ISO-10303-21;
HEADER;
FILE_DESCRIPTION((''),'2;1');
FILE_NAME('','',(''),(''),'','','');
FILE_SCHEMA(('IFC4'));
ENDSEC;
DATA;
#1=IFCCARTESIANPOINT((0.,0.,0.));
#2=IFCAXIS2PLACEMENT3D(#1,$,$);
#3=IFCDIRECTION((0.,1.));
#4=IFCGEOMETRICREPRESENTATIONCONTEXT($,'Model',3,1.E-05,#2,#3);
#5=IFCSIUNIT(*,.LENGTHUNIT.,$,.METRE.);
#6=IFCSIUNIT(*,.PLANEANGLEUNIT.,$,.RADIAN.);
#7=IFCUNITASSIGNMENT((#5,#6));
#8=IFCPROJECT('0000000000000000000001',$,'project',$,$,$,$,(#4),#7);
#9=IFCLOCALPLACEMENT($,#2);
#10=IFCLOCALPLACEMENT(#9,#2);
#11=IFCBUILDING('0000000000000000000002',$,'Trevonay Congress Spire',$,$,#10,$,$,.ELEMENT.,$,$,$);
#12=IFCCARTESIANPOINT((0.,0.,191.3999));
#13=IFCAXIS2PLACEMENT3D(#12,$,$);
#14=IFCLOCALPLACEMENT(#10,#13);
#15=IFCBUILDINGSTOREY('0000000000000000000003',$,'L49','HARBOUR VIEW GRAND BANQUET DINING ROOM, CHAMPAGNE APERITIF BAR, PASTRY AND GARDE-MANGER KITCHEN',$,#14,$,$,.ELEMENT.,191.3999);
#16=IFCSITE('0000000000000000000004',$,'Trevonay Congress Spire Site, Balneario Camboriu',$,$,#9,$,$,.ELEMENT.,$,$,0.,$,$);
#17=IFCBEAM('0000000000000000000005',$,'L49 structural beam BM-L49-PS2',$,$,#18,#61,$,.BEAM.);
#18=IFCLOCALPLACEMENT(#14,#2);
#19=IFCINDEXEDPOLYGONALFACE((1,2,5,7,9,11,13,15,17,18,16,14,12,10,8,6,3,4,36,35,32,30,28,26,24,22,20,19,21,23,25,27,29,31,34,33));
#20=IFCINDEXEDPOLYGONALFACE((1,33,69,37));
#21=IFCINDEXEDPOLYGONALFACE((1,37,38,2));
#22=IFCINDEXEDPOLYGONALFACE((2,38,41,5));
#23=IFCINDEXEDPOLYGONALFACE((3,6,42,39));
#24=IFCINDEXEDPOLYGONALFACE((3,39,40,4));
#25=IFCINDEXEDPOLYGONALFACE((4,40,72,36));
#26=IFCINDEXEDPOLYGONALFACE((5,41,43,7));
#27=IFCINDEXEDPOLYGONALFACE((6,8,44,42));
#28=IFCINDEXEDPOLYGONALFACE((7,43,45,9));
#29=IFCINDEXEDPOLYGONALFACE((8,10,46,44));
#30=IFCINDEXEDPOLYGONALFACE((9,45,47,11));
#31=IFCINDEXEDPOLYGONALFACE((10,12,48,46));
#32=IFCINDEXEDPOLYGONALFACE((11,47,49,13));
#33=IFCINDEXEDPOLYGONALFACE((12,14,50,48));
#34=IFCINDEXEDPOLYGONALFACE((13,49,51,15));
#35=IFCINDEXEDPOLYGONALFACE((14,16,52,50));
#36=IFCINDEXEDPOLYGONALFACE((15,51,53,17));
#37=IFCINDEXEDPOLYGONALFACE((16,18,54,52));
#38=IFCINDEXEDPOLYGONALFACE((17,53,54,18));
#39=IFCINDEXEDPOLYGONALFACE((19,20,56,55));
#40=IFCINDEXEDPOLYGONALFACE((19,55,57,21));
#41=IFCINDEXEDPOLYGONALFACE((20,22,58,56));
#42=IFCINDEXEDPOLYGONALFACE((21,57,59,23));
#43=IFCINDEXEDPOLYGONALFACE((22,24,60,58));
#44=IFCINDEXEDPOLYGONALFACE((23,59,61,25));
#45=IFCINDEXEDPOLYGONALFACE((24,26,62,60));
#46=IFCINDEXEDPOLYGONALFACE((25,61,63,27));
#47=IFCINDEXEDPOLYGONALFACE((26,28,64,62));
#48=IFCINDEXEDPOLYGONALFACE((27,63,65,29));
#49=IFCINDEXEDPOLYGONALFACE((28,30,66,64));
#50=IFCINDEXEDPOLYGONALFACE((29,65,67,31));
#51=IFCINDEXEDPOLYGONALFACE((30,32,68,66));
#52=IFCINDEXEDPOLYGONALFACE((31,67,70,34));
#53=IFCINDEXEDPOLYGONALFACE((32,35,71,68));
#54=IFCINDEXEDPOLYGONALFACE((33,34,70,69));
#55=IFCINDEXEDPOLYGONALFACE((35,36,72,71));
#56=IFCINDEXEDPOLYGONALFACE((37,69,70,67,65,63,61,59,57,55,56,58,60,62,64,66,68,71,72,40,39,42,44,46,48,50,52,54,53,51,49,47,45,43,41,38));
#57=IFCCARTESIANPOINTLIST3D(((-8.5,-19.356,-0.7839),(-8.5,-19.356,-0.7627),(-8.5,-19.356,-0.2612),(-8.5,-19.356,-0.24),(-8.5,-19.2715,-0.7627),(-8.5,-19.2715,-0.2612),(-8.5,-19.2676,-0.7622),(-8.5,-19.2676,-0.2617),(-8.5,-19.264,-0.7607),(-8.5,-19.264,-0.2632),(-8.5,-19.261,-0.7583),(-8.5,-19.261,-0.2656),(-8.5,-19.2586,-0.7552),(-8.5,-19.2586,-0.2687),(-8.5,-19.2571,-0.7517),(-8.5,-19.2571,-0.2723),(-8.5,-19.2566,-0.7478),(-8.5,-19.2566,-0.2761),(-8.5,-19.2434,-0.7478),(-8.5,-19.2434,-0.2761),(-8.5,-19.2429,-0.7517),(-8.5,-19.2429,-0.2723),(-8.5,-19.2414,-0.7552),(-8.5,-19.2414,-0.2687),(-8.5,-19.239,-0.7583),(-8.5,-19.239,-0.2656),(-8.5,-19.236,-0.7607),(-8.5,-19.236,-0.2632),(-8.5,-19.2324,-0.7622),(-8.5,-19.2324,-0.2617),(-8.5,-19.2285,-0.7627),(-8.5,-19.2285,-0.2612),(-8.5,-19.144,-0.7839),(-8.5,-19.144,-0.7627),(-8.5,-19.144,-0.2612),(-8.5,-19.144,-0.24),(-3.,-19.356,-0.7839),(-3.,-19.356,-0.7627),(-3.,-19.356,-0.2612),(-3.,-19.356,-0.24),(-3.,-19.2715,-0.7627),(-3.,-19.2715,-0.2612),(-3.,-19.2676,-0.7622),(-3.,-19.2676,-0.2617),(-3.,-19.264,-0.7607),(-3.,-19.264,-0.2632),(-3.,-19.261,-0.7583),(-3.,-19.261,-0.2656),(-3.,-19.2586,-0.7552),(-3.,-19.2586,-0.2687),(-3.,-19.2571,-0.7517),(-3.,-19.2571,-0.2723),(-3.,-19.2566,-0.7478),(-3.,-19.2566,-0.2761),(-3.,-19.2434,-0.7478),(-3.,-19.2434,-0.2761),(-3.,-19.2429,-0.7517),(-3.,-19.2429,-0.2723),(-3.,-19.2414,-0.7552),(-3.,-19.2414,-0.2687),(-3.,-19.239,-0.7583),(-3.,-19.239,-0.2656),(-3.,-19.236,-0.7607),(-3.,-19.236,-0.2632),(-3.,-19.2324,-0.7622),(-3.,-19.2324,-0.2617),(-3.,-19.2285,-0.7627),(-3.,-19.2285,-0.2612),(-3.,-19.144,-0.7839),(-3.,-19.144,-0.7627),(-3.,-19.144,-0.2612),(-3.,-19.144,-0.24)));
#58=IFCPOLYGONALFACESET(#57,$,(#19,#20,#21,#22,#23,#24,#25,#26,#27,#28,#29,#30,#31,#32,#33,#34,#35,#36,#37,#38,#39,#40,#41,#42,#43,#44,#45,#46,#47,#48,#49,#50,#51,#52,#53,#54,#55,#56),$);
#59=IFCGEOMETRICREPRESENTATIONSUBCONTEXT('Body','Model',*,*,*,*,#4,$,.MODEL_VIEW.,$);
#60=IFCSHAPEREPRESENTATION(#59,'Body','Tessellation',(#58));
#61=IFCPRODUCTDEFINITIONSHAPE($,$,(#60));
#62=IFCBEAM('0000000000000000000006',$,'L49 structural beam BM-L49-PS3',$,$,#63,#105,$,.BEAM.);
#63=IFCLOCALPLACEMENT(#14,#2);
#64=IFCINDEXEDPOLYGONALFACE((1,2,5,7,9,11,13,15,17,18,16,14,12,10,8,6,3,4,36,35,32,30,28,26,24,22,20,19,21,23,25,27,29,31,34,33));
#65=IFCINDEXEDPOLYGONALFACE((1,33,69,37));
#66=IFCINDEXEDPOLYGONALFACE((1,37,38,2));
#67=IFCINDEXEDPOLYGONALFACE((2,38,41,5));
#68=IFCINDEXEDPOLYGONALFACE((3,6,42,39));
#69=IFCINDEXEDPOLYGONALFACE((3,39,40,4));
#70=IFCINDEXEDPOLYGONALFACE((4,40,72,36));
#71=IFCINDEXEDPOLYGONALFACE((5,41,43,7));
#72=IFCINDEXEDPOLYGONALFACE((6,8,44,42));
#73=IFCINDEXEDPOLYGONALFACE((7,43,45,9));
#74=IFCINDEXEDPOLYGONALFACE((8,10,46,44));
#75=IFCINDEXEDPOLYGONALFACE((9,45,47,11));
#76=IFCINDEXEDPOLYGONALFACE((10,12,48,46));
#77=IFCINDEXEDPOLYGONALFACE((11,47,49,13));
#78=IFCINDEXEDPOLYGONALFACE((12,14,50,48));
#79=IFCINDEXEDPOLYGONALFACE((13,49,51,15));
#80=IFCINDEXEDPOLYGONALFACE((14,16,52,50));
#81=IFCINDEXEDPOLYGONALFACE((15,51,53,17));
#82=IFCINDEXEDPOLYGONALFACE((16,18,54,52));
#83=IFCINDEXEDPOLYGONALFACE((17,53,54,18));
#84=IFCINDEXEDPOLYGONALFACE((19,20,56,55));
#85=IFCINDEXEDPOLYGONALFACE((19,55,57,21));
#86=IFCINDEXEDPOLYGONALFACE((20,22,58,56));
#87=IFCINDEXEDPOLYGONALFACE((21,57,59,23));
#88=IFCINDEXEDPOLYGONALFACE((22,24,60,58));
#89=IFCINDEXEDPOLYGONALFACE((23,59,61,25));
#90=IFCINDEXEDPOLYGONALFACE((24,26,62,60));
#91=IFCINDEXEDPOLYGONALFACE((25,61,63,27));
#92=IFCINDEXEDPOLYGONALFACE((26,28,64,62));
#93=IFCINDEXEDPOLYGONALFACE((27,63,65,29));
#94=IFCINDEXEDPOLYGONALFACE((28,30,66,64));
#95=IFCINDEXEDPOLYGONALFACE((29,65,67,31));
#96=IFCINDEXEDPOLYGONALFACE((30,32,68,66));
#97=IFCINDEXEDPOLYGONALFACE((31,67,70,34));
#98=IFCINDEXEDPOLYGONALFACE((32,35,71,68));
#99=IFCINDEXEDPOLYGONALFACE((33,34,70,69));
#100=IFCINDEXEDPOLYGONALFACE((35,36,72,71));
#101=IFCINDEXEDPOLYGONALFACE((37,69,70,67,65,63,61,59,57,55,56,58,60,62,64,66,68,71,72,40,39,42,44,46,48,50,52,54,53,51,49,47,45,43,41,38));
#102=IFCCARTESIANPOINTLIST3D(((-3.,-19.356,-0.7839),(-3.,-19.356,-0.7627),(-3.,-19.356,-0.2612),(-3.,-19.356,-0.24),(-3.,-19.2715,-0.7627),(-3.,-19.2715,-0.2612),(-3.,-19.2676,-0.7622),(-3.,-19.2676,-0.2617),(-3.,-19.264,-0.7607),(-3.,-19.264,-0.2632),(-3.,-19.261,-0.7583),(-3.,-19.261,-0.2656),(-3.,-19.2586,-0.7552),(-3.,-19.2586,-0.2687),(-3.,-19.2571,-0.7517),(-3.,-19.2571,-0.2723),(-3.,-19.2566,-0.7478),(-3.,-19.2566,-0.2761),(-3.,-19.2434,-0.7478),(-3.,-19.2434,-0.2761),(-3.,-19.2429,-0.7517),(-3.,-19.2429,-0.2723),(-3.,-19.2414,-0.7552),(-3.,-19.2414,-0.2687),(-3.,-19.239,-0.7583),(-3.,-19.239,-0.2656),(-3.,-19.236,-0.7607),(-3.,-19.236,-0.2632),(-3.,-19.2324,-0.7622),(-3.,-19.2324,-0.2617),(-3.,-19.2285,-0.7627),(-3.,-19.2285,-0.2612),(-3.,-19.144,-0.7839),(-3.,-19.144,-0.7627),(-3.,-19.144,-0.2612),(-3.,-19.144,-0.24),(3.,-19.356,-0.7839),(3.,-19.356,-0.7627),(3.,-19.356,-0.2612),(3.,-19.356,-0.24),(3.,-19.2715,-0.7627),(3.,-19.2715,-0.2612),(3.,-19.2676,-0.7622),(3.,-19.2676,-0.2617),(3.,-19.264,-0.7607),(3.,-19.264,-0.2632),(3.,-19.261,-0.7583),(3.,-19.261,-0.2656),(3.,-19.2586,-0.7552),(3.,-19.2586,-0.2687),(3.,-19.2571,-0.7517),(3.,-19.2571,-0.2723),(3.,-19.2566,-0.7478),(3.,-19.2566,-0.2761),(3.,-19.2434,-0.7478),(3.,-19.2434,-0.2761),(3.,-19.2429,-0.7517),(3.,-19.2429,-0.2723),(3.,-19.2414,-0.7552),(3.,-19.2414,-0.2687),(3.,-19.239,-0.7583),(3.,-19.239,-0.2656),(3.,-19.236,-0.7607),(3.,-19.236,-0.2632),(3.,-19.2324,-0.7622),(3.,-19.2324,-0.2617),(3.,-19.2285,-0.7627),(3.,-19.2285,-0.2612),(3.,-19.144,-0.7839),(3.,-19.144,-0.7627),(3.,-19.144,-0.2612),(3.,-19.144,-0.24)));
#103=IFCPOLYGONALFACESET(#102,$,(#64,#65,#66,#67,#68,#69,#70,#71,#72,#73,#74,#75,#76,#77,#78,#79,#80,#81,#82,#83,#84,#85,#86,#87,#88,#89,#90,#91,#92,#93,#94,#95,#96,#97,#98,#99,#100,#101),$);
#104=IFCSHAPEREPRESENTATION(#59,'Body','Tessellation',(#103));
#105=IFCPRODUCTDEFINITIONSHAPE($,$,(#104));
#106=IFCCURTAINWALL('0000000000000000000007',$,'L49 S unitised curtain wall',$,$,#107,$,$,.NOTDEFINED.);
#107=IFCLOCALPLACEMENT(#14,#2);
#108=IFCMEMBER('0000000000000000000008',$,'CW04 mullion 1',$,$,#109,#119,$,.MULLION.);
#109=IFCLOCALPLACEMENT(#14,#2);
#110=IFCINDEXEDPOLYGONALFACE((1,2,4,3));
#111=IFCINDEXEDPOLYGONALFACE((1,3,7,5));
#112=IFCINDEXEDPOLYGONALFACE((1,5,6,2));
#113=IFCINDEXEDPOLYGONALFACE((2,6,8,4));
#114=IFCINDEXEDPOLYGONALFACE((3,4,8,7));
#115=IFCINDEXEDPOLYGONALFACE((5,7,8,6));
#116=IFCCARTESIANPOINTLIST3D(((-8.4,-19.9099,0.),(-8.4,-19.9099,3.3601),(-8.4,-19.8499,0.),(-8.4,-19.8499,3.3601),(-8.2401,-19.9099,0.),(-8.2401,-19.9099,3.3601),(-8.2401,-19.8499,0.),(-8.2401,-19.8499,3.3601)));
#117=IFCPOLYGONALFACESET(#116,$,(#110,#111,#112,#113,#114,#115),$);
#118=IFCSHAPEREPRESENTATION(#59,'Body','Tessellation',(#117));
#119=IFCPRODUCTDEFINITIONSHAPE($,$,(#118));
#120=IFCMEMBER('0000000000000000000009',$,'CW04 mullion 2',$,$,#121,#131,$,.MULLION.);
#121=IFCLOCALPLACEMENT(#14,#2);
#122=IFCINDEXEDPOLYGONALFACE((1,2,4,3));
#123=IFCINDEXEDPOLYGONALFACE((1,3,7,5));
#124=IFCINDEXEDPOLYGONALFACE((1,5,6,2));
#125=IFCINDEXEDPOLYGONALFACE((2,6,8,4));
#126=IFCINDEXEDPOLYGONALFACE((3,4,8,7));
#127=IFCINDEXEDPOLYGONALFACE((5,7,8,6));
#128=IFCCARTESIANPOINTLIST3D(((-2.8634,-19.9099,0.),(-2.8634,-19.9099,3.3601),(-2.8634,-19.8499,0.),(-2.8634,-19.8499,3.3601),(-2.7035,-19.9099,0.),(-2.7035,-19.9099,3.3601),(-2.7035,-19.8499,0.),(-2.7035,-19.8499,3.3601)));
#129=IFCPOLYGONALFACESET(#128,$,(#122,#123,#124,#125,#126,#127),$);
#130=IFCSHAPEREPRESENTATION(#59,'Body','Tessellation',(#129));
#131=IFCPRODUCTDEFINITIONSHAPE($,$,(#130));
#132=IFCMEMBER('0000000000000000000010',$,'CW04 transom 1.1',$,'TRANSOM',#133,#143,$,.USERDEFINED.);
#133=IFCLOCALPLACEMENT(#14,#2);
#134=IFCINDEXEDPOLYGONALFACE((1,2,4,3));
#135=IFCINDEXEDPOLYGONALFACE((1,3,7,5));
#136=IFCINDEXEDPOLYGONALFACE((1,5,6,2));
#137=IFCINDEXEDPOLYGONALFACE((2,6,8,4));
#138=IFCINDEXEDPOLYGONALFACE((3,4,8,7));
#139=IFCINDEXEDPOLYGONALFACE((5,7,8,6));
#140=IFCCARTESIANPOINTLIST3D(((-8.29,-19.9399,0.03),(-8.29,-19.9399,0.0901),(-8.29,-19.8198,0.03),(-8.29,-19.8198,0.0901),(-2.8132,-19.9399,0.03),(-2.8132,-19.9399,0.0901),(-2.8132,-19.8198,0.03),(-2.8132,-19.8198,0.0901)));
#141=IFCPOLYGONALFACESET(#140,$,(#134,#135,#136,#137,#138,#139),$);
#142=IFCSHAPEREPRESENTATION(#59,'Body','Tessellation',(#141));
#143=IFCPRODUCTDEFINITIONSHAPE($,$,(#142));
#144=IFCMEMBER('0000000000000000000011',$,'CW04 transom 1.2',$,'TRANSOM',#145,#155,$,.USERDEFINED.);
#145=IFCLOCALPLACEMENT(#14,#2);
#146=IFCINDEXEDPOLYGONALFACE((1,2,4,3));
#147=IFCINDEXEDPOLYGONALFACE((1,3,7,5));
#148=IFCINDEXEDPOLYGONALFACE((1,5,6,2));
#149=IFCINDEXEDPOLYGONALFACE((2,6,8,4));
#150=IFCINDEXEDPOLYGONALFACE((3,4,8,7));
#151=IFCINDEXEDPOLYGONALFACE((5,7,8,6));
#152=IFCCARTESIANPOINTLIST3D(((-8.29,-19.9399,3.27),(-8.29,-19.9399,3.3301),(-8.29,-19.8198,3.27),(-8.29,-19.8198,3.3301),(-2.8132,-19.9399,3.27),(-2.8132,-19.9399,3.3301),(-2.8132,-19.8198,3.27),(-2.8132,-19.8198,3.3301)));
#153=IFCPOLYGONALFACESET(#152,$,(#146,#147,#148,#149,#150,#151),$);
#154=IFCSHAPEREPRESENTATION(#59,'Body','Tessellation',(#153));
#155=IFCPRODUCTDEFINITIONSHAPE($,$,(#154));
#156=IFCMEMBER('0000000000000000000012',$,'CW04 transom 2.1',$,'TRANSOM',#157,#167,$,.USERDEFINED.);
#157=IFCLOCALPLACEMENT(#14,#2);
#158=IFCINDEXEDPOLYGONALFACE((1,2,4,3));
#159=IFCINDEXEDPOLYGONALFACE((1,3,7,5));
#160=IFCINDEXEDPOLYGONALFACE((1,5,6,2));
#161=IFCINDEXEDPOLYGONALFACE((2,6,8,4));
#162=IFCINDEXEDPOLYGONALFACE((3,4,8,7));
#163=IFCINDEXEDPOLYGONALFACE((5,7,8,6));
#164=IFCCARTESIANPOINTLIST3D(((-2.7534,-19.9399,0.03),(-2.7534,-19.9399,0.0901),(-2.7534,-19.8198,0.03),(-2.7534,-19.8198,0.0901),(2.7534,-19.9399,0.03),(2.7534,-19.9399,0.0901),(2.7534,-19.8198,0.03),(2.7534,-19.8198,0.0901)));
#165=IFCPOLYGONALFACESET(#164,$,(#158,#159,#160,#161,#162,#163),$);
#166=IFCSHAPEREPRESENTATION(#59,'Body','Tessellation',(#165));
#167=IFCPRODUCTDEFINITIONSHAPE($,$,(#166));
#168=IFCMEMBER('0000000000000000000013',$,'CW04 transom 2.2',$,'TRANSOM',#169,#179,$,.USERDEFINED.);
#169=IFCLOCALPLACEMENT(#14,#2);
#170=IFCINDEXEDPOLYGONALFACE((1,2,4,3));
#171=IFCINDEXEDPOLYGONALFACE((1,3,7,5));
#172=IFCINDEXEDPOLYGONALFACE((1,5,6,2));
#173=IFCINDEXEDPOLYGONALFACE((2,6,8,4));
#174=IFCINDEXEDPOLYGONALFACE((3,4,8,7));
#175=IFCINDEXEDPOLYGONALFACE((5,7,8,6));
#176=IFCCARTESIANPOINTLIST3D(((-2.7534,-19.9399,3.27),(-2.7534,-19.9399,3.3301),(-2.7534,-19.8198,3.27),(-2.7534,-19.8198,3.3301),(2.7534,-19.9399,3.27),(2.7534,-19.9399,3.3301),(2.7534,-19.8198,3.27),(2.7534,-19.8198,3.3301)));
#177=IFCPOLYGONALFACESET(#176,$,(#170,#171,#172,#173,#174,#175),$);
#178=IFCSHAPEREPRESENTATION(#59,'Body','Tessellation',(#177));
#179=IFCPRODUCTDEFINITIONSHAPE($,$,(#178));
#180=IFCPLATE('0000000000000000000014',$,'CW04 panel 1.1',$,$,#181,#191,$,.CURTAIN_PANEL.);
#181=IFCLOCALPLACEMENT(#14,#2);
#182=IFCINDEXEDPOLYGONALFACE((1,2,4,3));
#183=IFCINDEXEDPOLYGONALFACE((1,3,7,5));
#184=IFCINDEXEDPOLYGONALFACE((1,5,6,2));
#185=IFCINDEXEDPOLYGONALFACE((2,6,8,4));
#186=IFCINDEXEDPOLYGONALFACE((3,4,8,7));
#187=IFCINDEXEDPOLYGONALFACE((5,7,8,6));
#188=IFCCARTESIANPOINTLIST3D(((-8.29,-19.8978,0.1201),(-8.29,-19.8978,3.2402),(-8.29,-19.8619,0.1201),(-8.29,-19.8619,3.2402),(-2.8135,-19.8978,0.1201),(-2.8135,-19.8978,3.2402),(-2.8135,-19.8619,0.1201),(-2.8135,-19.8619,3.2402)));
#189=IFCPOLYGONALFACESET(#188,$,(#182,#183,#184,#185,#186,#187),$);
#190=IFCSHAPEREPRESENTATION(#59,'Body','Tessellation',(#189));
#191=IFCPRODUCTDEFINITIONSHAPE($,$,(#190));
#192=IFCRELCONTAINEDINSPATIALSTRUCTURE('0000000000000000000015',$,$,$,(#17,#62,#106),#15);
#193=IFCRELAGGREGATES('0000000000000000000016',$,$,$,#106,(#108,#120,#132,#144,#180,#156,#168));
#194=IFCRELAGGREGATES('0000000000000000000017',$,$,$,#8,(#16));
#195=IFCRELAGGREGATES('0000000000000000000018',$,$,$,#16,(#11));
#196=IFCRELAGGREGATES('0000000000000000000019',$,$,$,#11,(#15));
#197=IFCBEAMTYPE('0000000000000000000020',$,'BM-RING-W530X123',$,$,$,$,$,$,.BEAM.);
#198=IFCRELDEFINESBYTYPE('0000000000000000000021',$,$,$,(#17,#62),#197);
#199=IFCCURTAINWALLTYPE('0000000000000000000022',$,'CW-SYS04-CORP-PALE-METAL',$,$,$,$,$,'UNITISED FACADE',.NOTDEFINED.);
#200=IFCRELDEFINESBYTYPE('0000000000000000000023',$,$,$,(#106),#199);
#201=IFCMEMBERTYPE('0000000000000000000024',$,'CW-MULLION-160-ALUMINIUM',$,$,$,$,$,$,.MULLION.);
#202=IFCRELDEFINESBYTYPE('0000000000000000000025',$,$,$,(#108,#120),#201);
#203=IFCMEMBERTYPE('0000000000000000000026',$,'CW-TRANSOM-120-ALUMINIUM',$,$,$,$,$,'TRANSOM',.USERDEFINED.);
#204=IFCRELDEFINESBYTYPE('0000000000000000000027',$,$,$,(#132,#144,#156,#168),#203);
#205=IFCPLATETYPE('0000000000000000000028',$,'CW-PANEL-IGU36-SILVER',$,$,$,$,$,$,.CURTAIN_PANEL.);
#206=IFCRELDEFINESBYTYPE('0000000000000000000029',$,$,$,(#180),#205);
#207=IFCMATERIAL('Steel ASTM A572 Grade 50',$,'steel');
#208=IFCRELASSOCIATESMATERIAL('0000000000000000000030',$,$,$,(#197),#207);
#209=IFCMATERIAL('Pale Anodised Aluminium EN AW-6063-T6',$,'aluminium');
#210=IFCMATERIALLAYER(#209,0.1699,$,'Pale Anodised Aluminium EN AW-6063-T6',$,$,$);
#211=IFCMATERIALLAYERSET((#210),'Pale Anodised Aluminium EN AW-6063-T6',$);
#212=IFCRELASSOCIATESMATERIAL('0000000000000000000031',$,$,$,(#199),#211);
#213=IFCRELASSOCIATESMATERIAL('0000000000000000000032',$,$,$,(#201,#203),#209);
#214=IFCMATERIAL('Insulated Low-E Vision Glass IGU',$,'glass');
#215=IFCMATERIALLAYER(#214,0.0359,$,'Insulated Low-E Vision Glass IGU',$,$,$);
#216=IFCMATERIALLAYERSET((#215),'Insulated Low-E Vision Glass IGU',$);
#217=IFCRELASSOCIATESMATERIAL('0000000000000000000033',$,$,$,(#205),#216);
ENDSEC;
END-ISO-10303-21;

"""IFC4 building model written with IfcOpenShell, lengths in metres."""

from ifc_helpers import new_model, si_unit, direction, frame, origin, origin_2d, place, context, subcontext, project, spatial, rectangle, i_section, extrude, material, layer, layer_set, material_profile, profile_set, type_object, element, aggregate, save


model = new_model("IFC4")

# Units and contexts
model_context = context("Model", 3, precision=1e-05, world=origin(), true_north=direction((0.0, 1.0)))
body_context = subcontext(model_context, "Body", "Model", "MODEL_VIEW")
ifc_project = project(units=[si_unit("LENGTHUNIT", "METRE"), si_unit("PLANEANGLEUNIT", "RADIAN")], contexts=[model_context])

# Site, building, storey
site_placement = place(None, origin())
site = spatial("IfcSite", under=ifc_project, at=site_placement, Name="Trevonay Congress Spire Site, Balneario Camboriu", CompositionType="ELEMENT", RefElevation=0.0)
building_placement = place(site_placement, origin())
building = spatial("IfcBuilding", under=site, at=building_placement, Name="Trevonay Congress Spire", CompositionType="ELEMENT")
storey_placement = place(building_placement, frame((0.0, 0.0, 191.3999)))
storey = spatial("IfcBuildingStorey", under=building, at=storey_placement, Name="L49", Description="HARBOUR VIEW GRAND BANQUET DINING ROOM, CHAMPAGNE APERITIF BAR, PASTRY AND GARDE-MANGER KITCHEN", CompositionType="ELEMENT", Elevation=191.3999)

# Shared definitions
ifc_material_1 = material(Name="Steel ASTM A572 Grade 50", Category="steel")

# Beams
ifc_material_profile_1 = material_profile(ifc_material_1, i_section(OverallWidth=0.2119, OverallDepth=0.5439, WebThickness=0.0132, FlangeThickness=0.0212, FilletRadius=0.0149, at=origin_2d()), Name="W530x123")
ifc_profile_set_1 = profile_set([ifc_material_profile_1], Name="Steel ASTM A572 Grade 50")
beam_type_1 = type_object("IfcBeamType", Name="BM-RING-W530X123", PredefinedType="BEAM", material=ifc_profile_set_1)
beam_1_placement = place(storey_placement, frame((-8.5, -19.25, -0.512), z_axis=(1.0, 0.0, 0.0), x_axis=(0.0, 1.0, 0.0)))
element("IfcBeam", 1, at=beam_1_placement, inside=storey, type_object=beam_type_1, Name="L49 structural beam BM-L49-PS2", PredefinedType="BEAM", context=body_context, shape_type="SweptSolid", body=[
    extrude(i_section(OverallWidth=0.2119, OverallDepth=0.5439, WebThickness=0.0132, FlangeThickness=0.0212, FilletRadius=0.0149, at=origin_2d()), origin(), (0.0, 0.0, 1.0), 5.5),
])
beam_2_placement = place(storey_placement, frame((-3.0, -19.25, -0.512), z_axis=(1.0, 0.0, 0.0), x_axis=(0.0, 1.0, 0.0)))
element("IfcBeam", 2, at=beam_2_placement, inside=storey, type_object=beam_type_1, Name="L49 structural beam BM-L49-PS3", PredefinedType="BEAM", context=body_context, shape_type="SweptSolid", body=[
    extrude(i_section(OverallWidth=0.2119, OverallDepth=0.5439, WebThickness=0.0132, FlangeThickness=0.0212, FilletRadius=0.0149, at=origin_2d()), origin(), (0.0, 0.0, 1.0), 6.0),
])

# Curtain wall, members, plate
ifc_material_2 = material(Name="Pale Anodised Aluminium EN AW-6063-T6", Category="aluminium")
ifc_layer_1 = layer(ifc_material_2, 0.1699, Name="Pale Anodised Aluminium EN AW-6063-T6")
ifc_layer_set_1 = layer_set([ifc_layer_1], Name="Pale Anodised Aluminium EN AW-6063-T6")
curtain_wall_type = type_object("IfcCurtainWallType", Name="CW-SYS04-CORP-PALE-METAL", ElementType="UNITISED FACADE", PredefinedType="NOTDEFINED", material=ifc_layer_set_1)
curtain_wall_placement = place(storey_placement, origin())
curtain_wall = element("IfcCurtainWall", 3, at=curtain_wall_placement, inside=storey, type_object=curtain_wall_type, Name="L49 S unitised curtain wall", PredefinedType="NOTDEFINED")
ifc_material_profile_2 = material_profile(ifc_material_2, rectangle(XDim=0.0601, YDim=0.1599, at=origin_2d()), Name="CW-MULLION-160-ALUMINIUM")
ifc_profile_set_2 = profile_set([ifc_material_profile_2], Name="Pale Anodised Aluminium EN AW-6063-T6")
member_type_1 = type_object("IfcMemberType", Name="CW-MULLION-160-ALUMINIUM", PredefinedType="MULLION", material=ifc_profile_set_2)
member_1_placement = place(storey_placement, frame((-8.3201, -19.8799, 0.0), z_axis=(0.0, 0.0, 1.0), x_axis=(0.0, 1.0, 0.0)))
member_1 = element("IfcMember", 4, at=member_1_placement, type_object=member_type_1, Name="CW04 mullion 1", PredefinedType="MULLION", context=body_context, shape_type="SweptSolid", body=[
    extrude(rectangle(XDim=0.0601, YDim=0.1599, at=origin_2d()), origin(), (0.0, 0.0, 1.0), 3.3601),
])
member_2_placement = place(storey_placement, frame((-2.7834, -19.8799, 0.0), z_axis=(0.0, 0.0, 1.0), x_axis=(0.0, 1.0, 0.0)))
member_2 = element("IfcMember", 5, at=member_2_placement, type_object=member_type_1, Name="CW04 mullion 2", PredefinedType="MULLION", context=body_context, shape_type="SweptSolid", body=[
    extrude(rectangle(XDim=0.0601, YDim=0.1599, at=origin_2d()), origin(), (0.0, 0.0, 1.0), 3.3601),
])
ifc_material_profile_3 = material_profile(ifc_material_2, rectangle(XDim=0.1201, YDim=0.0601, at=origin_2d()), Name="CW-TRANSOM-120-ALUMINIUM")
ifc_profile_set_3 = profile_set([ifc_material_profile_3], Name="Pale Anodised Aluminium EN AW-6063-T6")
member_type_2 = type_object("IfcMemberType", Name="CW-TRANSOM-120-ALUMINIUM", ElementType="TRANSOM", PredefinedType="USERDEFINED", material=ifc_profile_set_3)
member_3_placement = place(storey_placement, frame((-8.29, -19.8799, 0.0601), z_axis=(1.0, 0.0, 0.0), x_axis=(0.0, 1.0, 0.0)))
member_3 = element("IfcMember", 6, at=member_3_placement, type_object=member_type_2, Name="CW04 transom 1.1", ObjectType="TRANSOM", PredefinedType="USERDEFINED", context=body_context, shape_type="SweptSolid", body=[
    extrude(rectangle(XDim=0.1201, YDim=0.0601, at=origin_2d()), origin(), (0.0, 0.0, 1.0), 5.4768),
])
member_4_placement = place(storey_placement, frame((-8.29, -19.8799, 3.3), z_axis=(1.0, 0.0, 0.0), x_axis=(0.0, 1.0, 0.0)))
member_4 = element("IfcMember", 7, at=member_4_placement, type_object=member_type_2, Name="CW04 transom 1.2", ObjectType="TRANSOM", PredefinedType="USERDEFINED", context=body_context, shape_type="SweptSolid", body=[
    extrude(rectangle(XDim=0.1201, YDim=0.0601, at=origin_2d()), origin(), (0.0, 0.0, 1.0), 5.4768),
])
member_5_placement = place(storey_placement, frame((-2.7534, -19.8799, 0.0601), z_axis=(1.0, 0.0, 0.0), x_axis=(0.0, 1.0, 0.0)))
member_5 = element("IfcMember", 8, at=member_5_placement, type_object=member_type_2, Name="CW04 transom 2.1", ObjectType="TRANSOM", PredefinedType="USERDEFINED", context=body_context, shape_type="SweptSolid", body=[
    extrude(rectangle(XDim=0.1201, YDim=0.0601, at=origin_2d()), origin(), (0.0, 0.0, 1.0), 5.5068),
])
member_6_placement = place(storey_placement, frame((-2.7534, -19.8799, 3.3), z_axis=(1.0, 0.0, 0.0), x_axis=(0.0, 1.0, 0.0)))
member_6 = element("IfcMember", 9, at=member_6_placement, type_object=member_type_2, Name="CW04 transom 2.2", ObjectType="TRANSOM", PredefinedType="USERDEFINED", context=body_context, shape_type="SweptSolid", body=[
    extrude(rectangle(XDim=0.1201, YDim=0.0601, at=origin_2d()), origin(), (0.0, 0.0, 1.0), 5.5068),
])
ifc_material_3 = material(Name="Insulated Low-E Vision Glass IGU", Category="glass")
ifc_layer_2 = layer(ifc_material_3, 0.0359, Name="Insulated Low-E Vision Glass IGU")
ifc_layer_set_2 = layer_set([ifc_layer_2], Name="Insulated Low-E Vision Glass IGU")
plate_type = type_object("IfcPlateType", Name="CW-PANEL-IGU36-SILVER", PredefinedType="CURTAIN_PANEL", material=ifc_layer_set_2)
plate_1_placement = place(storey_placement, frame((-5.5518, -19.8799, 0.1201), z_axis=(0.0, 0.0, 1.0), x_axis=(1.0, 0.0, 0.0)))
plate_1 = element("IfcPlate", 10, at=plate_1_placement, type_object=plate_type, Name="CW04 panel 1.1", PredefinedType="CURTAIN_PANEL", context=body_context, shape_type="SweptSolid", body=[
    extrude(rectangle(XDim=5.4766, YDim=0.0359, at=origin_2d()), origin(), (0.0, 0.0, 1.0), 3.1201),
])
aggregate(curtain_wall, [member_1, member_2, member_3, member_4, plate_1, member_5, member_6])

save(model, "model.ifc")
